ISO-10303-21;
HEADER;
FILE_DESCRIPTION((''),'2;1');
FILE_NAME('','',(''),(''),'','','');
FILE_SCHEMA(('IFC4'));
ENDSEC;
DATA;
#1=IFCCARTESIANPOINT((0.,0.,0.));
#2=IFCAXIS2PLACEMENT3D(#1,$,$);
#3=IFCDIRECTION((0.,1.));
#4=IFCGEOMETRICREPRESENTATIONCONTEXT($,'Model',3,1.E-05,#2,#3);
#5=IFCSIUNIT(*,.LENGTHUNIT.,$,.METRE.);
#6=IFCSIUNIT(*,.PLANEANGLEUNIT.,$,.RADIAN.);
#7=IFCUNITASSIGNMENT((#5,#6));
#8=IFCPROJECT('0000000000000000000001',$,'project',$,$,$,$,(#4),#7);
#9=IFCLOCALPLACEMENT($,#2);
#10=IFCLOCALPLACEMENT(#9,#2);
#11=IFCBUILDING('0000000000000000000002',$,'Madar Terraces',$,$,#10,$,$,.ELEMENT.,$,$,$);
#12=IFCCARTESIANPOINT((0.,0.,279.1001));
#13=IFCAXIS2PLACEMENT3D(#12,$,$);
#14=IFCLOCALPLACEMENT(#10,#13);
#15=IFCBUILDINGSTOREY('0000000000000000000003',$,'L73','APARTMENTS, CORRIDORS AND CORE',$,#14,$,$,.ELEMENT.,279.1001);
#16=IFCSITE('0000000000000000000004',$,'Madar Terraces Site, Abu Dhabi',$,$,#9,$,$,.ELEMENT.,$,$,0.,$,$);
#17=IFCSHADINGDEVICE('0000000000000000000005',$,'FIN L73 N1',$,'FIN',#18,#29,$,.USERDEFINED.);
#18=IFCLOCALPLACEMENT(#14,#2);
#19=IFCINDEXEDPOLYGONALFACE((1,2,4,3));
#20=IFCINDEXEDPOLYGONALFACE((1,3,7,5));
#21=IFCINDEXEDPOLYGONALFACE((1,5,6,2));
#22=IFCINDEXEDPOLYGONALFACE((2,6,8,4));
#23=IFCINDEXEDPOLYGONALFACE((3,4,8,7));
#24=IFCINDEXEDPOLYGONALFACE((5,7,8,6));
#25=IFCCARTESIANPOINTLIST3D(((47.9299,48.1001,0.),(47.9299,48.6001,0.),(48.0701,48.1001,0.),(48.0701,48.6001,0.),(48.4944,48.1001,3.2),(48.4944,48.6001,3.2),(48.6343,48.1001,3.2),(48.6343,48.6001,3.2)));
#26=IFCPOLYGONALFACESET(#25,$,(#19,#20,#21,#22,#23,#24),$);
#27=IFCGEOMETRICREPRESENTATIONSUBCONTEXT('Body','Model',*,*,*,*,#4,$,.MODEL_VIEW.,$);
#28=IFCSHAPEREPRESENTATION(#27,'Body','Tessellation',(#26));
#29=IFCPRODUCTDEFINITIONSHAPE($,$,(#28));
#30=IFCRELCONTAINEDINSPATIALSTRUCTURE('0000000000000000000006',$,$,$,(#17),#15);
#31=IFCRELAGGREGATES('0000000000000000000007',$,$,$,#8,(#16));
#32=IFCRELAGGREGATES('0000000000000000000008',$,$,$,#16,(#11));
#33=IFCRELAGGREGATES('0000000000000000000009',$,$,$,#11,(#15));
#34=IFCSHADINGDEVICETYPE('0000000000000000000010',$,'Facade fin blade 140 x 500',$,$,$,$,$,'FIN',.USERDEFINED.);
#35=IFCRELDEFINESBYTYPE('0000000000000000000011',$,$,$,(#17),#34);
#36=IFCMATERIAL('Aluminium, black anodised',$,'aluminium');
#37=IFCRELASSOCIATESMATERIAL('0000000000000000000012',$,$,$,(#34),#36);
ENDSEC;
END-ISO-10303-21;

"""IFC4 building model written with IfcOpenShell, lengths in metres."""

from ifc_helpers import new_model, si_unit, direction, frame, origin, place, context, subcontext, project, spatial, polyline, outline, extrude, material, type_object, element, save


model = new_model("IFC4")

# Units and contexts
model_context = context("Model", 3, precision=1e-05, world=origin(), true_north=direction((0.0, 1.0)))
body_context = subcontext(model_context, "Body", "Model", "MODEL_VIEW")
ifc_project = project(units=[si_unit("LENGTHUNIT", "METRE"), si_unit("PLANEANGLEUNIT", "RADIAN")], contexts=[model_context])

# Site, building, storey
site_placement = place(None, origin())
site = spatial("IfcSite", under=ifc_project, at=site_placement, Name="Madar Terraces Site, Abu Dhabi", CompositionType="ELEMENT", RefElevation=0.0)
building_placement = place(site_placement, origin())
building = spatial("IfcBuilding", under=site, at=building_placement, Name="Madar Terraces", CompositionType="ELEMENT")
storey_placement = place(building_placement, frame((0.0, 0.0, 279.1001)))
storey = spatial("IfcBuildingStorey", under=building, at=storey_placement, Name="L73", Description="APARTMENTS, CORRIDORS AND CORE", CompositionType="ELEMENT", Elevation=279.1001)

# Shading device
ifc_material_1 = material(Name="Aluminium, black anodised", Category="aluminium")
shading_device_type = type_object("IfcShadingDeviceType", Name="Facade fin blade 140 x 500", ElementType="FIN", PredefinedType="USERDEFINED", material=ifc_material_1)
shading_device_placement = place(storey_placement, frame((48.0701, 48.3501, 0.0), z_axis=(0.0, 0.0, 1.0), x_axis=(-1.0, 0.0, 0.0)))
element("IfcShadingDevice", 1, at=shading_device_placement, inside=storey, type_object=shading_device_type, Name="FIN L73 N1", ObjectType="FIN", PredefinedType="USERDEFINED", context=body_context, shape_type="SweptSolid", body=[
    extrude(outline(polyline([(0.0, 0.0), (0.1401, 0.0), (-0.4243, 3.2), (-0.5642, 3.2), (0.0, 0.0)])), frame((0.0, 0.25, 0.0), z_axis=(0.0, -1.0, 0.0), x_axis=(1.0, 0.0, 0.0)), (0.0, 0.0, 1.0), 0.5),
])

save(model, "model.ifc")
